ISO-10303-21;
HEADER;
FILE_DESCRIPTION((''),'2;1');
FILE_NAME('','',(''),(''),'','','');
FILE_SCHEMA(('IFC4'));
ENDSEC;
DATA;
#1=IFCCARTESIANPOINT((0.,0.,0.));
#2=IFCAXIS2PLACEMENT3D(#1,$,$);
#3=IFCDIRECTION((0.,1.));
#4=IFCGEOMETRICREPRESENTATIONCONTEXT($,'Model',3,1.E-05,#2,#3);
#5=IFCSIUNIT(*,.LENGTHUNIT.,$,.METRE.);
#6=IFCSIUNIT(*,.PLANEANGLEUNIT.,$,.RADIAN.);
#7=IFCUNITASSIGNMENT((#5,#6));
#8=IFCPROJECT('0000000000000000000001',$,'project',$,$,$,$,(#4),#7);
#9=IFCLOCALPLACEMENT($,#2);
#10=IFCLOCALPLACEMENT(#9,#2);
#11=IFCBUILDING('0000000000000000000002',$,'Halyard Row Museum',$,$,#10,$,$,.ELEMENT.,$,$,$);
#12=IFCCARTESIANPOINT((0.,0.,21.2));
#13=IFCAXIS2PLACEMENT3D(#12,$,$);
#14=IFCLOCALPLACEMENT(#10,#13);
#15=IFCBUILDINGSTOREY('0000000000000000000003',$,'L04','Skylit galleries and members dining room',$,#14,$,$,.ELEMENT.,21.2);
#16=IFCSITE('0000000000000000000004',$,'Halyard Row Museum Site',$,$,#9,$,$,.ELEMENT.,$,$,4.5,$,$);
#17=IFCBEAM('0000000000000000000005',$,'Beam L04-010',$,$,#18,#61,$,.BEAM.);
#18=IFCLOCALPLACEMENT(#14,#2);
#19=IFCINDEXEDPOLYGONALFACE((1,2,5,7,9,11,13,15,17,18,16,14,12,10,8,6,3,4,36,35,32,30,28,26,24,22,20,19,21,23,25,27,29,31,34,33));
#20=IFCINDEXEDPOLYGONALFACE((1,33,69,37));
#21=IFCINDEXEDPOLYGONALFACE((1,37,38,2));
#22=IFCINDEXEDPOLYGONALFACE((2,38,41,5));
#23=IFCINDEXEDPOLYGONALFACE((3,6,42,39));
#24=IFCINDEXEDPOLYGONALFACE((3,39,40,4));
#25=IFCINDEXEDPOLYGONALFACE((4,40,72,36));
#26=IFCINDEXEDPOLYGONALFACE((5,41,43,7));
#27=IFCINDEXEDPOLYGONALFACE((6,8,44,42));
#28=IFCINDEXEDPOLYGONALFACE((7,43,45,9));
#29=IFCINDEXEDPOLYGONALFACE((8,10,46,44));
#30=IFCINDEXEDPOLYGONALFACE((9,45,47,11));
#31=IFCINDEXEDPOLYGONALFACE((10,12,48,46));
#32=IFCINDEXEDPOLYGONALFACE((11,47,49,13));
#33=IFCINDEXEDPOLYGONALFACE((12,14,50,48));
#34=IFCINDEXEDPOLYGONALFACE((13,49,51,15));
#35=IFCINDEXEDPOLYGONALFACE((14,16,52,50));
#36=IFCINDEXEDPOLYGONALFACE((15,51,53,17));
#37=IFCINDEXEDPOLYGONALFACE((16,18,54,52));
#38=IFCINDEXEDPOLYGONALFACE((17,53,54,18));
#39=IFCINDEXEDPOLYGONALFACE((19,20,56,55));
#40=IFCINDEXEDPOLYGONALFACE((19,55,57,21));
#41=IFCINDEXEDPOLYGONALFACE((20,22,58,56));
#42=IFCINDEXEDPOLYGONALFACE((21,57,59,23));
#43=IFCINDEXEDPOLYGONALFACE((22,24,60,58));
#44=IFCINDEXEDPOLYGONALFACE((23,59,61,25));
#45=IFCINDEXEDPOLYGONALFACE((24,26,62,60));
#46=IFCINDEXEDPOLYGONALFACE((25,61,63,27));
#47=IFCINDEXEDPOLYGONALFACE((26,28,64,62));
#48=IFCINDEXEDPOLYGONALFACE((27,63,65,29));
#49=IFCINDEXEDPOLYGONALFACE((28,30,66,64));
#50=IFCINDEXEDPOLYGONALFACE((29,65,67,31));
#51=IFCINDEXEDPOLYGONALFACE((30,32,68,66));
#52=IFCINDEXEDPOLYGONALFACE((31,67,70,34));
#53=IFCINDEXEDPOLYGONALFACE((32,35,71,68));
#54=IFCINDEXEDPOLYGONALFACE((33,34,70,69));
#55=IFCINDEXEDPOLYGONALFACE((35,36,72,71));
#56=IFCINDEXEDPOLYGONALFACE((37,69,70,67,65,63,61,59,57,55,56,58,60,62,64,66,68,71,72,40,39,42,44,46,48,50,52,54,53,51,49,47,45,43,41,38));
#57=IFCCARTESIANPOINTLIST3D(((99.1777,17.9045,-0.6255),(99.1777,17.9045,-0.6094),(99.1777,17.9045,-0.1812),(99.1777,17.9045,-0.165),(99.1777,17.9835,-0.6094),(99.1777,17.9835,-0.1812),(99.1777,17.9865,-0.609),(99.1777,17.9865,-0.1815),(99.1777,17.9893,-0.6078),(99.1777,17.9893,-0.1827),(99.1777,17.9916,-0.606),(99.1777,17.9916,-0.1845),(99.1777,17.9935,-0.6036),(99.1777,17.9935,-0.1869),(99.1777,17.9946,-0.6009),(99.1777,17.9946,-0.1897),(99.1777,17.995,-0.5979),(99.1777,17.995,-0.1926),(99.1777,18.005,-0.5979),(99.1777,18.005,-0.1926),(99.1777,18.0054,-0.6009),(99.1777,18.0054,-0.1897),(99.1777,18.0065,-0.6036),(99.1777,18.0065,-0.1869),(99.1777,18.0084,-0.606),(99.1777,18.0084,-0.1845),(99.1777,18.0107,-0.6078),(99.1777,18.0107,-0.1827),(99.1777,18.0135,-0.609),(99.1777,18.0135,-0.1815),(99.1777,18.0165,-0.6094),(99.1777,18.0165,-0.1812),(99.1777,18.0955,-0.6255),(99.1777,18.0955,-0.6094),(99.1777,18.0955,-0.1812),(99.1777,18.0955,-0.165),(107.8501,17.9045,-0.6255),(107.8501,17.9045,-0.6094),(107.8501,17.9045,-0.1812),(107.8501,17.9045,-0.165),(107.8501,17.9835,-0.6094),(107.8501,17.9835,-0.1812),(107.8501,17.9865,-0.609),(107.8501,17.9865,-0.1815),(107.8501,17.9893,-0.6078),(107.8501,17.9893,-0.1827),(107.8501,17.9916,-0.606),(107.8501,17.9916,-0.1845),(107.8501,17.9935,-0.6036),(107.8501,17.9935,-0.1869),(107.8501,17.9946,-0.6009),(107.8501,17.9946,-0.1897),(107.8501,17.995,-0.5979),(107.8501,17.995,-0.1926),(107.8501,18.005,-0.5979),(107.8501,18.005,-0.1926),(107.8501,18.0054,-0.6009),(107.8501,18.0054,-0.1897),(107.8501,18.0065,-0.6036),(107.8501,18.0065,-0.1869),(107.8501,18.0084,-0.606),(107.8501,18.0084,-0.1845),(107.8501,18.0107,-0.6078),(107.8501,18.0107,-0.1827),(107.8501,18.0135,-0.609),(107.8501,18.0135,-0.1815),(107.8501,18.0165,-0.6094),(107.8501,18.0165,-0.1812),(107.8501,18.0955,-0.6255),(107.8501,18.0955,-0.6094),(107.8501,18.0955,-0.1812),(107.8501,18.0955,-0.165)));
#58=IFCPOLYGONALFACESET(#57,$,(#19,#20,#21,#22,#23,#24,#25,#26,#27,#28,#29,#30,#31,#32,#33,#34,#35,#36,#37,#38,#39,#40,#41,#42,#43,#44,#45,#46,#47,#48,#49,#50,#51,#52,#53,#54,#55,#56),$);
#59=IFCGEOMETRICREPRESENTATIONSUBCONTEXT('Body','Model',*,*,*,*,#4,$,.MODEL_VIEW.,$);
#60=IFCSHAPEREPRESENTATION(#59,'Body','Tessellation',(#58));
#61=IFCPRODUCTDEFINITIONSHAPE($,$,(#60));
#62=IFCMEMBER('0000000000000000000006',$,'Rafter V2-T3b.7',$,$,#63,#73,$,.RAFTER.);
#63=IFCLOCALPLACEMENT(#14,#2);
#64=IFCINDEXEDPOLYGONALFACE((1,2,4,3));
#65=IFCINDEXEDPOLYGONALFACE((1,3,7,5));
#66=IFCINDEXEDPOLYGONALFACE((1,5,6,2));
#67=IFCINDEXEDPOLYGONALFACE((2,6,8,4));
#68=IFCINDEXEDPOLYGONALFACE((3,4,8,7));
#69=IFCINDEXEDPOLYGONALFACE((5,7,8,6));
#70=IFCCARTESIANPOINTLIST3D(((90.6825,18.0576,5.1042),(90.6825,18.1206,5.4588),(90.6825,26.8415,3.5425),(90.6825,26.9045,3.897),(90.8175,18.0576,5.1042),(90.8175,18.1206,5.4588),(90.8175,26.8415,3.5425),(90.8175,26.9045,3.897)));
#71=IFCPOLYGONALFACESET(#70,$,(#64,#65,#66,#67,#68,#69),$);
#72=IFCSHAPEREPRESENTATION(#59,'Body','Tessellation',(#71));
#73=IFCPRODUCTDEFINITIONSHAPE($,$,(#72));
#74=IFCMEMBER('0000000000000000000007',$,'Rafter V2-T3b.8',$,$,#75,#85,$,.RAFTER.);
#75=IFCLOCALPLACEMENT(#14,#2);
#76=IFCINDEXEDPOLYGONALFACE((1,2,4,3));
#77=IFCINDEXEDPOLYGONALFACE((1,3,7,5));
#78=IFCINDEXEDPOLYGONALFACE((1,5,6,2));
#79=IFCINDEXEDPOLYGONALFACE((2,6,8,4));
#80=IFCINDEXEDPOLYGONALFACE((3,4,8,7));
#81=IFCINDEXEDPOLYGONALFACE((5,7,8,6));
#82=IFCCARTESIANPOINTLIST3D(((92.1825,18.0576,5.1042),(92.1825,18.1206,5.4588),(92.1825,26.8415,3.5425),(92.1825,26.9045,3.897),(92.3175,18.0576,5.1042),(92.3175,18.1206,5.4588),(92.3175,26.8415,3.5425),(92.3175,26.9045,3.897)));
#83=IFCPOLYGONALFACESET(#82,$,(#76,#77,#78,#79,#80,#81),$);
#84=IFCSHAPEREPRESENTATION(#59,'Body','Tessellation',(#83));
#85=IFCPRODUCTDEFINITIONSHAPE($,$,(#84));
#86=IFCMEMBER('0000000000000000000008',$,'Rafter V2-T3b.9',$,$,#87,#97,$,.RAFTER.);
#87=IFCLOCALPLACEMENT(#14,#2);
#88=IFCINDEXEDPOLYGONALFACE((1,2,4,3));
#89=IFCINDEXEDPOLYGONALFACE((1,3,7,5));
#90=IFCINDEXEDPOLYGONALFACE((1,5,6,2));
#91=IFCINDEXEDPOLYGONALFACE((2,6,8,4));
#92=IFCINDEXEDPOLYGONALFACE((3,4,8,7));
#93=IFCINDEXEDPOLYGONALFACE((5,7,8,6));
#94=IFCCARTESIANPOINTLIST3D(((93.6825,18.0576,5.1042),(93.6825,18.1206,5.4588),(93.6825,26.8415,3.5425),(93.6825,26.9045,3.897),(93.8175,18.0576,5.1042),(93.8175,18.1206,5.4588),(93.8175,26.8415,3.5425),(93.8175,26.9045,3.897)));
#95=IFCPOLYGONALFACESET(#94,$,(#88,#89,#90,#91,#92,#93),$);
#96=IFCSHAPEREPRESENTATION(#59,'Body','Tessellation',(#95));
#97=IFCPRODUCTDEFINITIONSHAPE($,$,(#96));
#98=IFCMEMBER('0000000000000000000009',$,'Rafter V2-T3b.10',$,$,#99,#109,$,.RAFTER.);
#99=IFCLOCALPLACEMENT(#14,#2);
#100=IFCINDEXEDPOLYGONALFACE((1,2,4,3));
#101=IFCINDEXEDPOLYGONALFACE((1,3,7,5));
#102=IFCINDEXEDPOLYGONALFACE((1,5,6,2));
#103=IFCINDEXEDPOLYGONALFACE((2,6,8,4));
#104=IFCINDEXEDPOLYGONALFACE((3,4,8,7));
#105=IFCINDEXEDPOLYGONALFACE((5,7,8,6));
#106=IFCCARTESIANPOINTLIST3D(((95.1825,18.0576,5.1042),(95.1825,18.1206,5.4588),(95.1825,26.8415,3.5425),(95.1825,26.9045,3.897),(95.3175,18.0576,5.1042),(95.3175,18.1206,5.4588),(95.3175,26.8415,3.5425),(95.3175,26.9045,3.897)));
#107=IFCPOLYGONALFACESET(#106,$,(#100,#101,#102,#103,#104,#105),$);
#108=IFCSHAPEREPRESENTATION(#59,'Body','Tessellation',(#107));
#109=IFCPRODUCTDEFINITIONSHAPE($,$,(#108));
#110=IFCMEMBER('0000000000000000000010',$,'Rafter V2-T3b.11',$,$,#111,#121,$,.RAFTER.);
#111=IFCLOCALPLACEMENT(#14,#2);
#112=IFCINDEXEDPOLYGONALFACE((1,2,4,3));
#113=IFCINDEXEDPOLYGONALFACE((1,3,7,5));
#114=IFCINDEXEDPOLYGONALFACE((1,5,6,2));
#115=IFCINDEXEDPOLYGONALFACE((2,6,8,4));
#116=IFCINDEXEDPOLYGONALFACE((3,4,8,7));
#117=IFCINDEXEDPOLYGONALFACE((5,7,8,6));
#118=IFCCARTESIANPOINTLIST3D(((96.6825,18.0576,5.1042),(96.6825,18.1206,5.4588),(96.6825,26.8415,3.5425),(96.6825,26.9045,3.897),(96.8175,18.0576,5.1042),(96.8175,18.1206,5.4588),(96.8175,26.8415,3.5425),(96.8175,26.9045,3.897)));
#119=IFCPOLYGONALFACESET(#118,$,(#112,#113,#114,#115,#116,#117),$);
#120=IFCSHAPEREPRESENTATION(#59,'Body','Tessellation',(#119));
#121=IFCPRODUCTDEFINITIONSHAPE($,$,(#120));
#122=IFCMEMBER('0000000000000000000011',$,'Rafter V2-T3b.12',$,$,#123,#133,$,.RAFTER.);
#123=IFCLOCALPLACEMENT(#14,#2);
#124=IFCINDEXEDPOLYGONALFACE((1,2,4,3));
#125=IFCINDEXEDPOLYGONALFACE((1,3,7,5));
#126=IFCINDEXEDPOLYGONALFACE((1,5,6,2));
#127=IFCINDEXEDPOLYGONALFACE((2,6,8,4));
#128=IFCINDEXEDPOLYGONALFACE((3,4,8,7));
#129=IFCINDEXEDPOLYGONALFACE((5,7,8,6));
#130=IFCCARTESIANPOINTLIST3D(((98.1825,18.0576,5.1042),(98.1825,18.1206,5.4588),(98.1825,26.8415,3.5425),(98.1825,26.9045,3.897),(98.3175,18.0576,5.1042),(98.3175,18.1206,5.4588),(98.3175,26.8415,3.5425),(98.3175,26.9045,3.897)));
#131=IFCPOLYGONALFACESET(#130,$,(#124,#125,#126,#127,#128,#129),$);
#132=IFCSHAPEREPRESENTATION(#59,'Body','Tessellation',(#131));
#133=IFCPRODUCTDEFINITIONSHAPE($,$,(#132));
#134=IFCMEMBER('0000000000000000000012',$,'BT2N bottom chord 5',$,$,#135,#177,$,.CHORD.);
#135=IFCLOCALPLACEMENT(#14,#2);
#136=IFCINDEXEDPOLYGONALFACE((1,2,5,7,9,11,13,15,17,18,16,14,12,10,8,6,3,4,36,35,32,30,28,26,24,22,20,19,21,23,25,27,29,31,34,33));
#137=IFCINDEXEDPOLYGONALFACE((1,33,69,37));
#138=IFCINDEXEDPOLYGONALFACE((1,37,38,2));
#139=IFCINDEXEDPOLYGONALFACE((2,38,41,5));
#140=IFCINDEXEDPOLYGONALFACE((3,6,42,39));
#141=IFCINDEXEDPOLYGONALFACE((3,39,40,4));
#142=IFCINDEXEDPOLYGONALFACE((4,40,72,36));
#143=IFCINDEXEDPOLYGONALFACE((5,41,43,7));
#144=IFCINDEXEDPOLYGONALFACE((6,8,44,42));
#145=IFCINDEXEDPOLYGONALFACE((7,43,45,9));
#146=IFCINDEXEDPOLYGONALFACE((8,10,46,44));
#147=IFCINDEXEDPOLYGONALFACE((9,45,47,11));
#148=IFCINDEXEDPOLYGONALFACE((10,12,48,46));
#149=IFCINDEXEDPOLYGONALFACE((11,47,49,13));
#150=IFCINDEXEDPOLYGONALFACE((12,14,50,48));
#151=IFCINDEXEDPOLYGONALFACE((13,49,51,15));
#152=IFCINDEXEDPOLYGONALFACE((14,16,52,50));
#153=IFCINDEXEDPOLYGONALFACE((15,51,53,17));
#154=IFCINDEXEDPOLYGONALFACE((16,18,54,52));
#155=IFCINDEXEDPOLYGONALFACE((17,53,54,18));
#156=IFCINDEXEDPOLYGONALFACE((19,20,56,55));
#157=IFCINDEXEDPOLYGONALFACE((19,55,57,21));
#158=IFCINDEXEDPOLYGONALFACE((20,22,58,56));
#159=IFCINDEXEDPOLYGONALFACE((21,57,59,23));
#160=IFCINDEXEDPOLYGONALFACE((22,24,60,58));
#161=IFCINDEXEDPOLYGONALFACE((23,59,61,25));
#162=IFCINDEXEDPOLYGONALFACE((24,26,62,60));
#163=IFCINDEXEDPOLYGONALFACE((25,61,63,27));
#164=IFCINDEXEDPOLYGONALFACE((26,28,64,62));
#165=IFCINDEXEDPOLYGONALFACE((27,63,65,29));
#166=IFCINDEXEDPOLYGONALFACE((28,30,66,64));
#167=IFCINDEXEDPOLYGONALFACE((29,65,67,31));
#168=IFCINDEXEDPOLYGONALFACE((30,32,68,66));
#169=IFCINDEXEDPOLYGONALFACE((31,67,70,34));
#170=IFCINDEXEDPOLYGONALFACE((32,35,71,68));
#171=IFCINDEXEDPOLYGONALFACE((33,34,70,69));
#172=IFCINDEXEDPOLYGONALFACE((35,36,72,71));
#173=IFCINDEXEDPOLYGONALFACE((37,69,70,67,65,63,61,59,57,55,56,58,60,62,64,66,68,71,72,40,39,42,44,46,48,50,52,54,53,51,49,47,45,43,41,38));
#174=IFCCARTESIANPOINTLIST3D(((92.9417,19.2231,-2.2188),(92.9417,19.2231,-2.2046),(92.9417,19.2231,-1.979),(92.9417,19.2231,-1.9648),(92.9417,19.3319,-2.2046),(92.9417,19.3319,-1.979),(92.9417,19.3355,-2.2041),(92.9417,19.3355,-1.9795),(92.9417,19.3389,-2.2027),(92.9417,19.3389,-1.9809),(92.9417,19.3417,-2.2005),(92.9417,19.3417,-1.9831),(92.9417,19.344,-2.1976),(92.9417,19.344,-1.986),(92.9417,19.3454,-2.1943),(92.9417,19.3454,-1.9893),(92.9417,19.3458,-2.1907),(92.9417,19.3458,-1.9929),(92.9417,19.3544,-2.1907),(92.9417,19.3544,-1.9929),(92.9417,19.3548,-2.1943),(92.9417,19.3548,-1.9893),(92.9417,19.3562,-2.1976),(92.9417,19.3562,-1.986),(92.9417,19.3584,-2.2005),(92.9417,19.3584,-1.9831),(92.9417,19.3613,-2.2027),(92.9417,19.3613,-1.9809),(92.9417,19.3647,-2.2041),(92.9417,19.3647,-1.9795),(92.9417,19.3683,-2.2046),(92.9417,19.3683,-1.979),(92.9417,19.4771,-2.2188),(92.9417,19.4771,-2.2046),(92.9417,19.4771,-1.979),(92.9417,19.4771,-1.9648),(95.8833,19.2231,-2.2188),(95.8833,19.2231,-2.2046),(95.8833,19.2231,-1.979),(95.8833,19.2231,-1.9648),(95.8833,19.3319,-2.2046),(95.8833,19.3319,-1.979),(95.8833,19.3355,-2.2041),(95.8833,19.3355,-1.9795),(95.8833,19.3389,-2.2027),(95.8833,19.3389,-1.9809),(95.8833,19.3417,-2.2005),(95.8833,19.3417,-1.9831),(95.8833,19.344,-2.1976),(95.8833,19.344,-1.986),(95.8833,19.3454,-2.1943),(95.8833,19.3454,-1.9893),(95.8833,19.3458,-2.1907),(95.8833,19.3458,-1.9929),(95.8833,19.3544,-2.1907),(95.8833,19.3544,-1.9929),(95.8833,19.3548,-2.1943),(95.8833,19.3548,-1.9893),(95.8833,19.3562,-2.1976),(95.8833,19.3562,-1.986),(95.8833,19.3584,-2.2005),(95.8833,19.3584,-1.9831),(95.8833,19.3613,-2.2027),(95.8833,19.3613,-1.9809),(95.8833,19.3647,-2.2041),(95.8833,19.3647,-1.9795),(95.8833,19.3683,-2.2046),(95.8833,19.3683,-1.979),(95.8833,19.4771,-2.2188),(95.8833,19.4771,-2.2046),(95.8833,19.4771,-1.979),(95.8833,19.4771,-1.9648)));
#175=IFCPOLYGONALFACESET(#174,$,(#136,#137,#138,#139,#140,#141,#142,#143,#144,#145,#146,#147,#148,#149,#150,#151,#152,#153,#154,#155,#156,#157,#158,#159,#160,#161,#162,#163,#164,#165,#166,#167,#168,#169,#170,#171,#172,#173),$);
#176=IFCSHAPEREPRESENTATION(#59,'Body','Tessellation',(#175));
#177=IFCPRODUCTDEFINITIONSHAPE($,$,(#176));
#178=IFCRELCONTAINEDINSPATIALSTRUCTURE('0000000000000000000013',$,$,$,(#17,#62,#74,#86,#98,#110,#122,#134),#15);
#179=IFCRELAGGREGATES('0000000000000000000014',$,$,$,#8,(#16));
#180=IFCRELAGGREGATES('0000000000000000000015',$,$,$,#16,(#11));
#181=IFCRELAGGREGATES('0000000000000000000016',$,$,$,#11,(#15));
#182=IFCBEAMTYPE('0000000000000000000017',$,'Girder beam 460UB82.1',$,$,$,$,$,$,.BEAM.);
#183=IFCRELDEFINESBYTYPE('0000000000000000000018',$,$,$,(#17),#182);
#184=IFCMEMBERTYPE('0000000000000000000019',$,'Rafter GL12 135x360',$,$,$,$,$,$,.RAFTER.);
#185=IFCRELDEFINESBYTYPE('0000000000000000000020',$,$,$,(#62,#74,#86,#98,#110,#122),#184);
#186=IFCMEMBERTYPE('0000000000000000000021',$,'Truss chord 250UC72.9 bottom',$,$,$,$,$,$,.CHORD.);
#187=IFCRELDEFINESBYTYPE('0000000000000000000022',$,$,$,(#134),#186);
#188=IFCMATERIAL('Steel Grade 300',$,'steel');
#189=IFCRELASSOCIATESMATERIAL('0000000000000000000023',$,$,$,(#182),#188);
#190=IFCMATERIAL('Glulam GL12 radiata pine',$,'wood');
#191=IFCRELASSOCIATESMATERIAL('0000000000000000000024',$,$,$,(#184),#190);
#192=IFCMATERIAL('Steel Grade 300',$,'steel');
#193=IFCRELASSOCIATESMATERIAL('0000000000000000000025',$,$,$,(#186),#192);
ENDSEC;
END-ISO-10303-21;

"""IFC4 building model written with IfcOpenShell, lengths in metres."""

from ifc_helpers import new_model, si_unit, direction, frame, origin, origin_2d, place, context, subcontext, project, spatial, rectangle, i_section, extrude, material, material_profile, profile_set, type_object, element, save


model = new_model("IFC4")

# Units and contexts
model_context = context("Model", 3, precision=1e-05, world=origin(), true_north=direction((0.0, 1.0)))
body_context = subcontext(model_context, "Body", "Model", "MODEL_VIEW")
ifc_project = project(units=[si_unit("LENGTHUNIT", "METRE"), si_unit("PLANEANGLEUNIT", "RADIAN")], contexts=[model_context])

# Site, building, storey
site_placement = place(None, origin())
site = spatial("IfcSite", under=ifc_project, at=site_placement, Name="Halyard Row Museum Site", CompositionType="ELEMENT", RefElevation=4.5)
building_placement = place(site_placement, origin())
building = spatial("IfcBuilding", under=site, at=building_placement, Name="Halyard Row Museum", CompositionType="ELEMENT")
storey_placement = place(building_placement, frame((0.0, 0.0, 21.2)))
storey = spatial("IfcBuildingStorey", under=building, at=storey_placement, Name="L04", Description="Skylit galleries and members dining room", CompositionType="ELEMENT", Elevation=21.2)

# Beam
ifc_material_1 = material(Name="Steel Grade 300", Category="steel")
ifc_material_profile_1 = material_profile(ifc_material_1, i_section(OverallWidth=0.1909, OverallDepth=0.4604, WebThickness=0.01, FlangeThickness=0.0161, FilletRadius=0.0115, at=origin_2d()), Name="460UB82.1")
ifc_profile_set_1 = profile_set([ifc_material_profile_1], Name="Steel Grade 300")
beam_type_1 = type_object("IfcBeamType", Name="Girder beam 460UB82.1", PredefinedType="BEAM", material=ifc_profile_set_1)
beam_1_placement = place(storey_placement, frame((99.1777, 18.0, -0.3953), z_axis=(1.0, 0.0, 0.0), x_axis=(0.0, 1.0, 0.0)))
element("IfcBeam", 1, at=beam_1_placement, inside=storey, type_object=beam_type_1, Name="Beam L04-010", PredefinedType="BEAM", context=body_context, shape_type="SweptSolid", body=[
    extrude(i_section(OverallWidth=0.1909, OverallDepth=0.4604, WebThickness=0.01, FlangeThickness=0.0161, FilletRadius=0.0115, at=origin_2d()), origin(), (0.0, 0.0, 1.0), 8.6724),
])

# Members
ifc_material_2 = material(Name="Glulam GL12 radiata pine", Category="wood")
ifc_material_profile_2 = material_profile(ifc_material_2, rectangle(XDim=0.135, YDim=0.3601, at=origin_2d()), Name="GL12 135x360")
ifc_profile_set_2 = profile_set([ifc_material_profile_2], Name="Glulam GL12 radiata pine")
member_type_1 = type_object("IfcMemberType", Name="Rafter GL12 135x360", PredefinedType="RAFTER", material=ifc_profile_set_2)
for number, where, z_axis, x_axis, name in (
    (2, (90.75, 18.0891, 5.2815), (0.0, 0.984559, -0.175053), (-1.0, 0.0, 0.0), "Rafter V2-T3b.7"),
    (3, (92.25, 18.0891, 5.2815), (0.0, 0.984559, -0.175053), (-1.0, 0.0, 0.0), "Rafter V2-T3b.8"),
    (4, (93.75, 18.0891, 5.2815), (0.0, 0.984559, -0.175053), (-1.0, 0.0, 0.0), "Rafter V2-T3b.9"),
    (5, (95.25, 18.0891, 5.2815), (0.0, 0.984559, -0.175053), (-1.0, 0.0, 0.0), "Rafter V2-T3b.10"),
    (6, (96.75, 18.0891, 5.2815), (0.0, 0.984559, -0.175053), (-1.0, 0.0, 0.0), "Rafter V2-T3b.11"),
    (7, (98.25, 18.0891, 5.2815), (0.0, 0.984559, -0.175053), (-1.0, 0.0, 0.0), "Rafter V2-T3b.12"),
):
    element("IfcMember", number, at=place(storey_placement, frame(where, z_axis=z_axis, x_axis=x_axis)), inside=storey, type_object=member_type_1, Name=name, PredefinedType="RAFTER", context=body_context, shape_type="SweptSolid", body=[
        extrude(rectangle(XDim=0.135, YDim=0.3601, at=origin_2d()), origin(), (0.0, 0.0, 1.0), 8.9216),
    ])
ifc_material_3 = material(Name="Steel Grade 300", Category="steel")
ifc_material_profile_3 = material_profile(ifc_material_3, i_section(OverallWidth=0.2539, OverallDepth=0.2539, WebThickness=0.0085, FlangeThickness=0.0142, FilletRadius=0.0139, at=origin_2d()), Name="250UC72.9")
ifc_profile_set_3 = profile_set([ifc_material_profile_3], Name="Steel Grade 300")
member_type_2 = type_object("IfcMemberType", Name="Truss chord 250UC72.9 bottom", PredefinedType="CHORD", material=ifc_profile_set_3)
member_1_placement = place(storey_placement, frame((92.9417, 19.3501, -2.0918), z_axis=(1.0, 0.0, 0.0), x_axis=(0.0, 1.0, 0.0)))
element("IfcMember", 8, at=member_1_placement, inside=storey, type_object=member_type_2, Name="BT2N bottom chord 5", PredefinedType="CHORD", context=body_context, shape_type="SweptSolid", body=[
    extrude(i_section(OverallWidth=0.2539, OverallDepth=0.2539, WebThickness=0.0085, FlangeThickness=0.0142, FilletRadius=0.0139, at=origin_2d()), origin(), (0.0, 0.0, 1.0), 2.9417),
])

save(model, "model.ifc")
